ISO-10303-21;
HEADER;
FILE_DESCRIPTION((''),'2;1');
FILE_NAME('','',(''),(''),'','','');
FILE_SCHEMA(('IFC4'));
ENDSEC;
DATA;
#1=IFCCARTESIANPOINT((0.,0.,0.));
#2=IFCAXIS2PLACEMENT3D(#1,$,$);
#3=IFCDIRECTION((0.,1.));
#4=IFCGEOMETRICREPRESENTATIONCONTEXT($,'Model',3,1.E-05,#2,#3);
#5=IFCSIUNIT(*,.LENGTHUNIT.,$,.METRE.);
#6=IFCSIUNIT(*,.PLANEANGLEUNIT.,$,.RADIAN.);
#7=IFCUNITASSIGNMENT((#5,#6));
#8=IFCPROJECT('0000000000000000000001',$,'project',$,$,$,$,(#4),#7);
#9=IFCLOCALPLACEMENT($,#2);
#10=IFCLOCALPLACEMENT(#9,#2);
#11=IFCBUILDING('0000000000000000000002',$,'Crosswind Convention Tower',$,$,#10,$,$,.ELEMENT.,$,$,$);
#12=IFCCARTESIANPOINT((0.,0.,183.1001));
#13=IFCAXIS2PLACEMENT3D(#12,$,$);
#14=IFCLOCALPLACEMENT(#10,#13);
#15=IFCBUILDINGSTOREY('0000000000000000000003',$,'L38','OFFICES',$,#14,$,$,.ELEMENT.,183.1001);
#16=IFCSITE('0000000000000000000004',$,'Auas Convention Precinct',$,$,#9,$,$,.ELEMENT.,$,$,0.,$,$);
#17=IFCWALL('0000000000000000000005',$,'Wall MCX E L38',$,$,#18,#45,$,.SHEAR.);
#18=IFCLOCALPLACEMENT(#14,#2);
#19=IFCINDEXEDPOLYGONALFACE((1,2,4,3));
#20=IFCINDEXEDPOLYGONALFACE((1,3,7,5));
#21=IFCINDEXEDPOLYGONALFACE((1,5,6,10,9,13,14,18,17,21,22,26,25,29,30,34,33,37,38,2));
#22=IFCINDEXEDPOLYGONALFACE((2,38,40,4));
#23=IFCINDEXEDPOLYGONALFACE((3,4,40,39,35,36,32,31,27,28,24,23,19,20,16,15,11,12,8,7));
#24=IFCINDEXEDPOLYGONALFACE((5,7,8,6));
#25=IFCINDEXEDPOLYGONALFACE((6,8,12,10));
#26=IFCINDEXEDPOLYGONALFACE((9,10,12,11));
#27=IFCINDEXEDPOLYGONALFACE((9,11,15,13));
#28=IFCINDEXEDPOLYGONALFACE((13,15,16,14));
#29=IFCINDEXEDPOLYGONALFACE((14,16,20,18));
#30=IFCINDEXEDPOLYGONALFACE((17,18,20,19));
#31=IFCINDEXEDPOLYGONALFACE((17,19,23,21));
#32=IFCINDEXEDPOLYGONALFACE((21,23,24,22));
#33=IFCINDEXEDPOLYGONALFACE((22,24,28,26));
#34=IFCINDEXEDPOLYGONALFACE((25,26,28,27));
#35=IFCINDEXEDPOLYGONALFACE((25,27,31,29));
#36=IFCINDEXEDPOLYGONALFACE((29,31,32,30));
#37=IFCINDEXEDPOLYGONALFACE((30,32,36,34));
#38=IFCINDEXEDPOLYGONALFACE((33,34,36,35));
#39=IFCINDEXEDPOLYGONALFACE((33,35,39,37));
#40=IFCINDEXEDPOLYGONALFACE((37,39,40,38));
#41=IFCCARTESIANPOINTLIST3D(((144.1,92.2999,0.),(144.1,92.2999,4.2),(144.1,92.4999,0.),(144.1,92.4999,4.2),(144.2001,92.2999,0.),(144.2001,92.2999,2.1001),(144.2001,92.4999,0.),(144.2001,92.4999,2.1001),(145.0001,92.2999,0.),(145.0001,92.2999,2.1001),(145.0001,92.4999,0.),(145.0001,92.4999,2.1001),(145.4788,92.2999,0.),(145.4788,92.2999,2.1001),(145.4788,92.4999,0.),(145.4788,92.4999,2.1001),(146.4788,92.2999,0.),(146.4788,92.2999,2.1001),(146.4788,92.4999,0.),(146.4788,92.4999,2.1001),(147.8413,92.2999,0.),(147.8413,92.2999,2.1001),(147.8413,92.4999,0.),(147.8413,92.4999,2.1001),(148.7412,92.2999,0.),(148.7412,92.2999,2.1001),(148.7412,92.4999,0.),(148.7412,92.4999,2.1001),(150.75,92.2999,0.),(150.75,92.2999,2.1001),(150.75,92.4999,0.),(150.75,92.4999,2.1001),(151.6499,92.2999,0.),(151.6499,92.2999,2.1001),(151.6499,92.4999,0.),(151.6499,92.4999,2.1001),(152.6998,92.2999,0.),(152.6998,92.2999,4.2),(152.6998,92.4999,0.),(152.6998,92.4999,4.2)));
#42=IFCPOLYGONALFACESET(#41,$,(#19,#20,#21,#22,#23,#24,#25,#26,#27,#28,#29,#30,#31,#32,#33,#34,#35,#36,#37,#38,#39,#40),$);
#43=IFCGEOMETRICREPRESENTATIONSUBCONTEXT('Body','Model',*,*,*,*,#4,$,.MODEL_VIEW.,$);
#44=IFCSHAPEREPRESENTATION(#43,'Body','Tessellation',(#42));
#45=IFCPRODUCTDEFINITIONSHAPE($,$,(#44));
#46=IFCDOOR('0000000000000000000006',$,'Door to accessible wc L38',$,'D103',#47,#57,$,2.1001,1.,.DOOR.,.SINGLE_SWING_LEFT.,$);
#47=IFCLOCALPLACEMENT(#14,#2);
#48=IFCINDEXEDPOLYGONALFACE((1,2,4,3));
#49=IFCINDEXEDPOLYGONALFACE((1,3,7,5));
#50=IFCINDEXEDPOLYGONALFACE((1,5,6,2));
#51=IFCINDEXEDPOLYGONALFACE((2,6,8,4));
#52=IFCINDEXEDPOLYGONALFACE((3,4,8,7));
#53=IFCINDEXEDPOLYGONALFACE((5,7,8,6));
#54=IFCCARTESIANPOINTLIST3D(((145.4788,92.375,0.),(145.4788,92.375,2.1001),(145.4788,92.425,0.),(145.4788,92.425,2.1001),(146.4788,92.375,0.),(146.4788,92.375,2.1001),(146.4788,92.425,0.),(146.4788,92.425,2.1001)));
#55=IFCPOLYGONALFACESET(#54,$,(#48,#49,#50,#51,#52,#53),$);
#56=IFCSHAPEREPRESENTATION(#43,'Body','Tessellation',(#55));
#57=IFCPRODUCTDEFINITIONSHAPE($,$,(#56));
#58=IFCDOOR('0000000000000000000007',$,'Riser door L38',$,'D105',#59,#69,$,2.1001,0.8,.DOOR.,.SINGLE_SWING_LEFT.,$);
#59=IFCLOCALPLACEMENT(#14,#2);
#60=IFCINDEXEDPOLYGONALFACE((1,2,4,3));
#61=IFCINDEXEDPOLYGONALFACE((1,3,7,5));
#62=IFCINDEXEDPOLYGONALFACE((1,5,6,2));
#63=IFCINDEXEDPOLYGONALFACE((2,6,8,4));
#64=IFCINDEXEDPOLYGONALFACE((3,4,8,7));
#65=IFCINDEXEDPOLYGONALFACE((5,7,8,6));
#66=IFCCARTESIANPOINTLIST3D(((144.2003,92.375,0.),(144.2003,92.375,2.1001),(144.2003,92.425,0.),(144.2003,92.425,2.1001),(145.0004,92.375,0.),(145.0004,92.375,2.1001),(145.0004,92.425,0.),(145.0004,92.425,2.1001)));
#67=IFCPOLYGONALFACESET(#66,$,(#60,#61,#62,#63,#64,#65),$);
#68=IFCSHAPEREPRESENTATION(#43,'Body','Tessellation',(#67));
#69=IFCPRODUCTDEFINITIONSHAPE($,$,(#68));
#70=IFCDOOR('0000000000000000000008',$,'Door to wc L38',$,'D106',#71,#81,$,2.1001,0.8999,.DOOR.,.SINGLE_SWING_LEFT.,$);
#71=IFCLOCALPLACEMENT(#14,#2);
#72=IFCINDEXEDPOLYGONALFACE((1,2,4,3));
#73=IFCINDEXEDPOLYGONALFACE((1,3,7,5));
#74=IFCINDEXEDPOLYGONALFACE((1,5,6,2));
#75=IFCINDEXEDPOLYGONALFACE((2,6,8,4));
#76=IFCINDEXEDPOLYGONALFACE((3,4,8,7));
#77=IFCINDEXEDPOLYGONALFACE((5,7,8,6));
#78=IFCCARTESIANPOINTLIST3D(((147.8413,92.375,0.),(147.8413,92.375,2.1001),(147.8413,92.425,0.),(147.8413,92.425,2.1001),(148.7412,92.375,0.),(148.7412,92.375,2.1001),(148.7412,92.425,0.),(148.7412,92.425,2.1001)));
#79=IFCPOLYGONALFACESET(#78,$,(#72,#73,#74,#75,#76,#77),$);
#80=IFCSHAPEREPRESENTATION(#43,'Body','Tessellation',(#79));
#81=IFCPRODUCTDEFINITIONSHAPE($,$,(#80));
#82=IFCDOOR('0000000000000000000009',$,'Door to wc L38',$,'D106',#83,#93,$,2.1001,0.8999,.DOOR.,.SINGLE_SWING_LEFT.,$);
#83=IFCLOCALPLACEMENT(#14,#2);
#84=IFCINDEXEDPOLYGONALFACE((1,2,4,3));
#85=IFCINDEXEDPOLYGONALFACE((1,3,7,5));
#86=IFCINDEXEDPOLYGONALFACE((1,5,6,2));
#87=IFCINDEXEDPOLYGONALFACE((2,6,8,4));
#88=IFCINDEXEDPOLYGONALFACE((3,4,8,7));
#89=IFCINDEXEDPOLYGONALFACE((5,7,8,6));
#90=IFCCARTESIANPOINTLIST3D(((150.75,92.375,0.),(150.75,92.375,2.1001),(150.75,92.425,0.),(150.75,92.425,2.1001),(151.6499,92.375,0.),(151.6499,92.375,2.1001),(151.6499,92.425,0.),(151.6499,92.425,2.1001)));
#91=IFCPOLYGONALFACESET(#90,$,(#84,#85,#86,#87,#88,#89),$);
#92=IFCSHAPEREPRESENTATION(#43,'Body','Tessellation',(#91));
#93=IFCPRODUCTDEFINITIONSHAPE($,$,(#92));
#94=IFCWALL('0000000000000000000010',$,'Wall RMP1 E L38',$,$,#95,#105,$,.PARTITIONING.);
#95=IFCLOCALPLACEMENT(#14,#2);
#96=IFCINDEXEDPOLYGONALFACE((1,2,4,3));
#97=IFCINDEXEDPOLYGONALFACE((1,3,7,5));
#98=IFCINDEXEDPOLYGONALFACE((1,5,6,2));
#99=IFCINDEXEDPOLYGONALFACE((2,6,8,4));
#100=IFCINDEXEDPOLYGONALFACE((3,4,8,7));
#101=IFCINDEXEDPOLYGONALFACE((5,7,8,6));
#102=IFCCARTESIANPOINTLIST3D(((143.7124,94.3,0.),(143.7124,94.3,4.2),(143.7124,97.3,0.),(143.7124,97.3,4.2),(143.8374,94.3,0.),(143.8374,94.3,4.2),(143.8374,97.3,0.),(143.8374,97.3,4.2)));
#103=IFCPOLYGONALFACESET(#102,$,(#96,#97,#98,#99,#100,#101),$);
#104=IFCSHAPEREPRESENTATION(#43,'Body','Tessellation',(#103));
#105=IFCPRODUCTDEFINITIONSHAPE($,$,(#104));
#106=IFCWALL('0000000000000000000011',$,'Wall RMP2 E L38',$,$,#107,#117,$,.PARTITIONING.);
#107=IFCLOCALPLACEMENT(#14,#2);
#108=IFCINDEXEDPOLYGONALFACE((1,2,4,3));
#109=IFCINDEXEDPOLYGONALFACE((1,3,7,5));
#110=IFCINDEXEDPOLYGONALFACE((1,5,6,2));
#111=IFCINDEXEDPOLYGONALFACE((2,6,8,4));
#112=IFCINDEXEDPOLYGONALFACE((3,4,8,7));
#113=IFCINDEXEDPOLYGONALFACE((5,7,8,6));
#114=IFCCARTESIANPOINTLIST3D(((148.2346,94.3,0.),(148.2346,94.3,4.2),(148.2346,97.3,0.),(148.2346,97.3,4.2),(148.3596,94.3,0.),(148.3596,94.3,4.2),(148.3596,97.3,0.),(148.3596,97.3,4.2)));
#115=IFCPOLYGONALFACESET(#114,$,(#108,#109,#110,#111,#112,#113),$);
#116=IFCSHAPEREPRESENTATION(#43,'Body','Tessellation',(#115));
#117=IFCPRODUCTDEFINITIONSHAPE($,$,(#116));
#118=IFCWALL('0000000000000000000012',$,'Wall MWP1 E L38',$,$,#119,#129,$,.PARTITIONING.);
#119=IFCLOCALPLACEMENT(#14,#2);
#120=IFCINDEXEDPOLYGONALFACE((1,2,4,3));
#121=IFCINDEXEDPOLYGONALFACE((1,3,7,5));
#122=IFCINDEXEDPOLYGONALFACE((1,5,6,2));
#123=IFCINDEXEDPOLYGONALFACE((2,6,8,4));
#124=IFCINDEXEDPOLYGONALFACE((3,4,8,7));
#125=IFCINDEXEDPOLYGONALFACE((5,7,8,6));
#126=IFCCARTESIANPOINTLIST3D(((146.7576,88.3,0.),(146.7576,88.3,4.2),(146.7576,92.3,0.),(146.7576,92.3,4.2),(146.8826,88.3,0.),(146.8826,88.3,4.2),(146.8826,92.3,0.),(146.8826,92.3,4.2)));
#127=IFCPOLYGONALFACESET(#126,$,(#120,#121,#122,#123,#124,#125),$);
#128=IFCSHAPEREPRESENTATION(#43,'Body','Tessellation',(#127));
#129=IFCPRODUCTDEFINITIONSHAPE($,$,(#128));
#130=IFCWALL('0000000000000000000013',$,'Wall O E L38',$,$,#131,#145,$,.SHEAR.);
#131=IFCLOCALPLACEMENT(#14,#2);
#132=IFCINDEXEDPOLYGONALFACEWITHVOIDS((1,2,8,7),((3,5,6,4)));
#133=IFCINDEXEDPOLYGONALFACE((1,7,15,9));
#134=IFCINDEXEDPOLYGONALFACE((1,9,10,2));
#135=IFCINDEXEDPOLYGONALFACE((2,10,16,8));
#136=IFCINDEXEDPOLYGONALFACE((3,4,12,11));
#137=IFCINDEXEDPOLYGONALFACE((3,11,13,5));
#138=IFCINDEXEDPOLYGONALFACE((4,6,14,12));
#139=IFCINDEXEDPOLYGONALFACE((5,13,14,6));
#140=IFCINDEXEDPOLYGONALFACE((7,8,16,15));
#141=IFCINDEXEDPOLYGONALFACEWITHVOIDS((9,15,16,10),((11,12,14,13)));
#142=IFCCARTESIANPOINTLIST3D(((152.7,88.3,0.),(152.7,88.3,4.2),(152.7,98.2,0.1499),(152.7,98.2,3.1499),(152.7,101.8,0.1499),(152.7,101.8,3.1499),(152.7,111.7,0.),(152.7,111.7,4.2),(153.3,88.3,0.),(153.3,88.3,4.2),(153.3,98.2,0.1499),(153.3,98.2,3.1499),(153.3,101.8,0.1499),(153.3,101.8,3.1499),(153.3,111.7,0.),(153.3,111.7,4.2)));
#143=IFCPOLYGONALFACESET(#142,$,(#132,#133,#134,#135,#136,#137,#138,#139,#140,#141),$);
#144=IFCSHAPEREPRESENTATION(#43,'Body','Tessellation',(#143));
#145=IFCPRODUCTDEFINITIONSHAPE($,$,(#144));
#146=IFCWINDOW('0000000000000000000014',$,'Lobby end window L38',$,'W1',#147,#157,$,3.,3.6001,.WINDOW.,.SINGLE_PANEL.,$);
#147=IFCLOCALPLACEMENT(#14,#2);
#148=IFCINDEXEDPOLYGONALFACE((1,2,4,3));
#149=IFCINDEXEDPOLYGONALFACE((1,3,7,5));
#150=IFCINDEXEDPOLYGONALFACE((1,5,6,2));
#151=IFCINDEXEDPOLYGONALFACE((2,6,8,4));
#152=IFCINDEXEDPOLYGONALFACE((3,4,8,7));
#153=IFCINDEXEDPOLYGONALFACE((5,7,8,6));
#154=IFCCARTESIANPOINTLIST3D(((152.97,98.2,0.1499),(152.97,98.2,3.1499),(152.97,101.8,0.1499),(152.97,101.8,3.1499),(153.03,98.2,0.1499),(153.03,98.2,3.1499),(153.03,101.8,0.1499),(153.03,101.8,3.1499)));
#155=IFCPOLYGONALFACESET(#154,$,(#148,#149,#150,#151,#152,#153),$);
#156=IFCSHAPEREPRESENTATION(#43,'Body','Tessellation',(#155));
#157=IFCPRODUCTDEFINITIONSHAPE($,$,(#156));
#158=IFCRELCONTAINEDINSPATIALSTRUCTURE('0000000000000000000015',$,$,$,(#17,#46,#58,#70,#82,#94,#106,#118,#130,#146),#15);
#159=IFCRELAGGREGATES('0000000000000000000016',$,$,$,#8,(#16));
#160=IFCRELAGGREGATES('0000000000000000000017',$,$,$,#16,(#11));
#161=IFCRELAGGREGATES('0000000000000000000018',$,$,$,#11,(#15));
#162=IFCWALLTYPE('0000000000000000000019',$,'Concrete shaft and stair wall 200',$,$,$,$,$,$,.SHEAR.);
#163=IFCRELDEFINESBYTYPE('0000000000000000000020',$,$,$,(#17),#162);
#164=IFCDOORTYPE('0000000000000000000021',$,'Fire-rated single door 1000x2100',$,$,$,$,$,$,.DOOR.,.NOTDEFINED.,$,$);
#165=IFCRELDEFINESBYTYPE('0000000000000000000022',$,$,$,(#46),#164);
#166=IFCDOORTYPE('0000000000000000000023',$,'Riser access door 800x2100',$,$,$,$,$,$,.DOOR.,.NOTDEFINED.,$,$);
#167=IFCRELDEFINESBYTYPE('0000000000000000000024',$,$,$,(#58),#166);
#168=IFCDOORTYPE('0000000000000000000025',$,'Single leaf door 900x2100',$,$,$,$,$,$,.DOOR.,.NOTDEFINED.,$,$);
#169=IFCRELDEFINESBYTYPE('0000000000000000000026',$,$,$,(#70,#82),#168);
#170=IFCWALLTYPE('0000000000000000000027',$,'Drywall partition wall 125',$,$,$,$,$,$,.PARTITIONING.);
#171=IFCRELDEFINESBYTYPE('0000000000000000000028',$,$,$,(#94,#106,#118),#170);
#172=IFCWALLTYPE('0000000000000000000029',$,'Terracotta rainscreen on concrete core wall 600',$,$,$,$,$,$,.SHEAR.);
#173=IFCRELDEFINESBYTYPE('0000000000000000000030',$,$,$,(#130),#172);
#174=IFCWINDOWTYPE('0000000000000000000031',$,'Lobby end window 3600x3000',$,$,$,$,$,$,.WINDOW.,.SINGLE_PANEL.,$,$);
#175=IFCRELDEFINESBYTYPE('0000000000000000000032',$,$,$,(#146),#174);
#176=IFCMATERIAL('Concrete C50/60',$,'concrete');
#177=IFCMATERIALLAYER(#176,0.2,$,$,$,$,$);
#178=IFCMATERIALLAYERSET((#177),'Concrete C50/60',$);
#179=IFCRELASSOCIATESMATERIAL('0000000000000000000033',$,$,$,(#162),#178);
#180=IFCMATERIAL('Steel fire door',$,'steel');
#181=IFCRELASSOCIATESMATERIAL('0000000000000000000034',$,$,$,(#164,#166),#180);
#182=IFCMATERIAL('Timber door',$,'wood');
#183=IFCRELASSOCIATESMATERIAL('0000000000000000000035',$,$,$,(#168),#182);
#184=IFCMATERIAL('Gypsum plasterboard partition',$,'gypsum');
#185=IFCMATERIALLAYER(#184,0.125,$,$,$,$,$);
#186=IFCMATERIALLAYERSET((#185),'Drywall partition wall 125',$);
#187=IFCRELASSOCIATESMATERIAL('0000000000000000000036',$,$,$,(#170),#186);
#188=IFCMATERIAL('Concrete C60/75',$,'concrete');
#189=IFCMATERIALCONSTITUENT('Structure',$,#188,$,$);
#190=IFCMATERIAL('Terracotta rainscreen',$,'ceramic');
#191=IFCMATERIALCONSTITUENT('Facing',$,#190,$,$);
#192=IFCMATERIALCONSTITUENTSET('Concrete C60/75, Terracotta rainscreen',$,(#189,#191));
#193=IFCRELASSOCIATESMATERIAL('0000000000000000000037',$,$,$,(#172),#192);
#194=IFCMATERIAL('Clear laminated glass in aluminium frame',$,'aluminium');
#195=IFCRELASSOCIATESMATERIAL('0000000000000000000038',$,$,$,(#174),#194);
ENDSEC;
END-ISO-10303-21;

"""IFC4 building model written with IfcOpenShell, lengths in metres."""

from ifc_helpers import new_model, si_unit, direction, frame, frame_2d, origin, place, context, subcontext, project, spatial, rectangle, extrude, material, layer, layer_set, constituent, constituent_set, type_object, element, fill, save


model = new_model("IFC4")

# Units and contexts
model_context = context("Model", 3, precision=1e-05, world=origin(), true_north=direction((0.0, 1.0)))
body_context = subcontext(model_context, "Body", "Model", "MODEL_VIEW")
ifc_project = project(units=[si_unit("LENGTHUNIT", "METRE"), si_unit("PLANEANGLEUNIT", "RADIAN")], contexts=[model_context])

# Site, building, storey
site_placement = place(None, origin())
site = spatial("IfcSite", under=ifc_project, at=site_placement, Name="Auas Convention Precinct", CompositionType="ELEMENT", RefElevation=0.0)
building_placement = place(site_placement, origin())
building = spatial("IfcBuilding", under=site, at=building_placement, Name="Crosswind Convention Tower", CompositionType="ELEMENT")
storey_placement = place(building_placement, frame((0.0, 0.0, 183.1001)))
storey = spatial("IfcBuildingStorey", under=building, at=storey_placement, Name="L38", Description="OFFICES", CompositionType="ELEMENT", Elevation=183.1001)

# Shared definitions
ifc_material_1 = material(Name="Concrete C50/60", Category="concrete")

# Shared definitions
ifc_layer_1 = layer(ifc_material_1, 0.2)
ifc_layer_set_1 = layer_set([ifc_layer_1], Name="Concrete C50/60")
wall_type_1 = type_object("IfcWallType", Name="Concrete shaft and stair wall 200", PredefinedType="SHEAR", material=ifc_layer_set_1)

# Shared definitions
ifc_material_2 = material(Name="Steel fire door", Category="steel")

# Shared definitions
door_type_1 = type_object("IfcDoorType", Name="Fire-rated single door 1000x2100", OperationType="NOTDEFINED", PredefinedType="DOOR", material=ifc_material_2)

# Wall, openings, doors
wall_1_placement = place(storey_placement, frame((144.1001, 92.3999, 0.0), z_axis=(0.0, 0.0, 1.0), x_axis=(1.0, 0.0, 0.0)))
wall_1 = element("IfcWall", 1, at=wall_1_placement, inside=storey, type_object=wall_type_1, Name="Wall MCX E L38", PredefinedType="SHEAR", context=body_context, shape_type="SweptSolid", body=[
    extrude(rectangle(XDim=8.5999, YDim=0.2, at=frame_2d((4.2998, 0.0))), origin(), (0.0, 0.0, 1.0), 4.2),
])
opening_1_placement = place(wall_1_placement, frame((0.1001, 0.0, 0.0)))
opening_1 = element("IfcOpeningElement", 2, at=opening_1_placement, cuts=wall_1, PredefinedType="OPENING", context=body_context, shape_type="SweptSolid", body=[
    extrude(rectangle(XDim=0.8, YDim=2.1001, at=frame_2d((0.3999, 1.05))), frame((0.0, 0.1099, 0.0), z_axis=(0.0, -1.0, 0.0), x_axis=(1.0, 0.0, 0.0)), (0.0, 0.0, 1.0), 0.22),
])
opening_2_placement = place(wall_1_placement, frame((1.3787, 0.0, 0.0)))
opening_2 = element("IfcOpeningElement", 3, at=opening_2_placement, cuts=wall_1, PredefinedType="OPENING", context=body_context, shape_type="SweptSolid", body=[
    extrude(rectangle(XDim=1.0, YDim=2.1001, at=frame_2d((0.5, 1.05))), frame((0.0, 0.1099, 0.0), z_axis=(0.0, -1.0, 0.0), x_axis=(1.0, 0.0, 0.0)), (0.0, 0.0, 1.0), 0.22),
])
opening_3_placement = place(wall_1_placement, frame((3.7412, 0.0, 0.0)))
opening_3 = element("IfcOpeningElement", 4, at=opening_3_placement, cuts=wall_1, PredefinedType="OPENING", context=body_context, shape_type="SweptSolid", body=[
    extrude(rectangle(XDim=0.8999, YDim=2.1001, at=frame_2d((0.45, 1.05))), frame((0.0, 0.1099, 0.0), z_axis=(0.0, -1.0, 0.0), x_axis=(1.0, 0.0, 0.0)), (0.0, 0.0, 1.0), 0.22),
])
opening_4_placement = place(wall_1_placement, frame((6.6499, 0.0, 0.0)))
opening_4 = element("IfcOpeningElement", 5, at=opening_4_placement, cuts=wall_1, PredefinedType="OPENING", context=body_context, shape_type="SweptSolid", body=[
    extrude(rectangle(XDim=0.8999, YDim=2.1001, at=frame_2d((0.45, 1.05))), frame((0.0, 0.1099, 0.0), z_axis=(0.0, -1.0, 0.0), x_axis=(1.0, 0.0, 0.0)), (0.0, 0.0, 1.0), 0.22),
])
door_1_placement = place(opening_2_placement, frame((1.0, 0.0, 0.0), z_axis=(0.0, 0.0, 1.0), x_axis=(-1.0, 0.0, 0.0)))
door_1 = element("IfcDoor", 6, at=door_1_placement, inside=storey, type_object=door_type_1, Name="Door to accessible wc L38", ObjectType="D103", OperationType="SINGLE_SWING_LEFT", OverallHeight=2.1001, OverallWidth=1.0, PredefinedType="DOOR", context=body_context, shape_type="SweptSolid", body=[
    extrude(rectangle(XDim=1.0, YDim=2.1001, at=frame_2d((0.5, 1.05))), frame((0.0, 0.0249, 0.0), z_axis=(0.0, -1.0, 0.0), x_axis=(1.0, 0.0, 0.0)), (0.0, 0.0, 1.0), 0.05),
])
fill(opening_2, door_1)
door_type_2 = type_object("IfcDoorType", Name="Riser access door 800x2100", OperationType="NOTDEFINED", PredefinedType="DOOR", material=ifc_material_2)
door_2_placement = place(opening_1_placement, frame((0.8, 0.0, 0.0), z_axis=(0.0, 0.0, 1.0), x_axis=(-1.0, 0.0, 0.0)))
door_2 = element("IfcDoor", 7, at=door_2_placement, inside=storey, type_object=door_type_2, Name="Riser door L38", ObjectType="D105", OperationType="SINGLE_SWING_LEFT", OverallHeight=2.1001, OverallWidth=0.8, PredefinedType="DOOR", context=body_context, shape_type="SweptSolid", body=[
    extrude(rectangle(XDim=0.8, YDim=2.1001, at=frame_2d((0.3999, 1.05))), frame((0.0, 0.0249, 0.0), z_axis=(0.0, -1.0, 0.0), x_axis=(1.0, 0.0, 0.0)), (0.0, 0.0, 1.0), 0.05),
])
fill(opening_1, door_2)
ifc_material_3 = material(Name="Timber door", Category="wood")
door_type_3 = type_object("IfcDoorType", Name="Single leaf door 900x2100", OperationType="NOTDEFINED", PredefinedType="DOOR", material=ifc_material_3)
door_3_placement = place(opening_3_placement, frame((0.8999, 0.0, 0.0), z_axis=(0.0, 0.0, 1.0), x_axis=(-1.0, 0.0, 0.0)))
door_3 = element("IfcDoor", 8, at=door_3_placement, inside=storey, type_object=door_type_3, Name="Door to wc L38", ObjectType="D106", OperationType="SINGLE_SWING_LEFT", OverallHeight=2.1001, OverallWidth=0.8999, PredefinedType="DOOR", context=body_context, shape_type="SweptSolid", body=[
    extrude(rectangle(XDim=0.8999, YDim=2.1001, at=frame_2d((0.45, 1.05))), frame((0.0, 0.0249, 0.0), z_axis=(0.0, -1.0, 0.0), x_axis=(1.0, 0.0, 0.0)), (0.0, 0.0, 1.0), 0.05),
])
fill(opening_3, door_3)
door_4_placement = place(opening_4_placement, frame((0.8999, 0.0, 0.0), z_axis=(0.0, 0.0, 1.0), x_axis=(-1.0, 0.0, 0.0)))
door_4 = element("IfcDoor", 9, at=door_4_placement, inside=storey, type_object=door_type_3, Name="Door to wc L38", ObjectType="D106", OperationType="SINGLE_SWING_LEFT", OverallHeight=2.1001, OverallWidth=0.8999, PredefinedType="DOOR", context=body_context, shape_type="SweptSolid", body=[
    extrude(rectangle(XDim=0.8999, YDim=2.1001, at=frame_2d((0.45, 1.05))), frame((0.0, 0.0249, 0.0), z_axis=(0.0, -1.0, 0.0), x_axis=(1.0, 0.0, 0.0)), (0.0, 0.0, 1.0), 0.05),
])
fill(opening_4, door_4)

# Walls
ifc_material_4 = material(Name="Gypsum plasterboard partition", Category="gypsum")
ifc_layer_2 = layer(ifc_material_4, 0.125)
ifc_layer_set_2 = layer_set([ifc_layer_2], Name="Drywall partition wall 125")
wall_type_2 = type_object("IfcWallType", Name="Drywall partition wall 125", PredefinedType="PARTITIONING", material=ifc_layer_set_2)
for number, where, z_axis, x_axis, name in (
    (10, (143.7749, 94.3, 0.0), (0.0, 0.0, 1.0), (0.0, 1.0, 0.0), "Wall RMP1 E L38"),
    (11, (148.2971, 94.3, 0.0), (0.0, 0.0, 1.0), (0.0, 1.0, 0.0), "Wall RMP2 E L38"),
):
    element("IfcWall", number, at=place(storey_placement, frame(where, z_axis=z_axis, x_axis=x_axis)), inside=storey, type_object=wall_type_2, Name=name, PredefinedType="PARTITIONING", context=body_context, shape_type="SweptSolid", body=[
        extrude(rectangle(XDim=3.0, YDim=0.125, at=frame_2d((1.5, 0.0))), origin(), (0.0, 0.0, 1.0), 4.2),
    ])
wall_2_placement = place(storey_placement, frame((146.8201, 88.3, 0.0), z_axis=(0.0, 0.0, 1.0), x_axis=(0.0, 1.0, 0.0)))
element("IfcWall", 12, at=wall_2_placement, inside=storey, type_object=wall_type_2, Name="Wall MWP1 E L38", PredefinedType="PARTITIONING", context=body_context, shape_type="SweptSolid", body=[
    extrude(rectangle(XDim=4.0, YDim=0.125, at=frame_2d((2.0, 0.0))), origin(), (0.0, 0.0, 1.0), 4.2),
])

# Wall, opening, window
ifc_material_5 = material(Name="Concrete C60/75", Category="concrete")
ifc_constituent_1 = constituent(ifc_material_5, Name="Structure")
ifc_material_6 = material(Name="Terracotta rainscreen", Category="ceramic")
ifc_constituent_2 = constituent(ifc_material_6, Name="Facing")
ifc_constituent_set = constituent_set(constituents=[ifc_constituent_1, ifc_constituent_2], Name="Concrete C60/75, Terracotta rainscreen")
wall_type_3 = type_object("IfcWallType", Name="Terracotta rainscreen on concrete core wall 600", PredefinedType="SHEAR", material=ifc_constituent_set)
wall_3_placement = place(storey_placement, frame((153.0, 88.3, 0.0), z_axis=(0.0, 0.0, 1.0), x_axis=(0.0, 1.0, 0.0)))
wall_3 = element("IfcWall", 13, at=wall_3_placement, inside=storey, type_object=wall_type_3, Name="Wall O E L38", PredefinedType="SHEAR", context=body_context, shape_type="SweptSolid", body=[
    extrude(rectangle(XDim=23.3999, YDim=0.6001, at=frame_2d((11.7, 0.0))), origin(), (0.0, 0.0, 1.0), 4.2),
])
opening_5_placement = place(wall_3_placement, frame((9.8999, 0.0, 0.1499)))
opening_5 = element("IfcOpeningElement", 14, at=opening_5_placement, cuts=wall_3, PredefinedType="OPENING", context=body_context, shape_type="SweptSolid", body=[
    extrude(rectangle(XDim=3.6001, YDim=3.0, at=frame_2d((1.8, 1.5))), frame((0.0, 0.3101, 0.0), z_axis=(0.0, -1.0, 0.0), x_axis=(1.0, 0.0, 0.0)), (0.0, 0.0, 1.0), 0.6201),
])
ifc_material_7 = material(Name="Clear laminated glass in aluminium frame", Category="aluminium")
window_type = type_object("IfcWindowType", Name="Lobby end window 3600x3000", PartitioningType="SINGLE_PANEL", PredefinedType="WINDOW", material=ifc_material_7)
window_placement = place(opening_5_placement, origin())
window = element("IfcWindow", 15, at=window_placement, inside=storey, type_object=window_type, Name="Lobby end window L38", ObjectType="W1", OverallHeight=3.0, OverallWidth=3.6001, PartitioningType="SINGLE_PANEL", PredefinedType="WINDOW", context=body_context, shape_type="SweptSolid", body=[
    extrude(rectangle(XDim=3.6001, YDim=3.0, at=frame_2d((1.8, 1.5))), frame((0.0, 0.03, 0.0), z_axis=(0.0, -1.0, 0.0), x_axis=(1.0, 0.0, 0.0)), (0.0, 0.0, 1.0), 0.0601),
])
fill(opening_5, window)

save(model, "model.ifc")
